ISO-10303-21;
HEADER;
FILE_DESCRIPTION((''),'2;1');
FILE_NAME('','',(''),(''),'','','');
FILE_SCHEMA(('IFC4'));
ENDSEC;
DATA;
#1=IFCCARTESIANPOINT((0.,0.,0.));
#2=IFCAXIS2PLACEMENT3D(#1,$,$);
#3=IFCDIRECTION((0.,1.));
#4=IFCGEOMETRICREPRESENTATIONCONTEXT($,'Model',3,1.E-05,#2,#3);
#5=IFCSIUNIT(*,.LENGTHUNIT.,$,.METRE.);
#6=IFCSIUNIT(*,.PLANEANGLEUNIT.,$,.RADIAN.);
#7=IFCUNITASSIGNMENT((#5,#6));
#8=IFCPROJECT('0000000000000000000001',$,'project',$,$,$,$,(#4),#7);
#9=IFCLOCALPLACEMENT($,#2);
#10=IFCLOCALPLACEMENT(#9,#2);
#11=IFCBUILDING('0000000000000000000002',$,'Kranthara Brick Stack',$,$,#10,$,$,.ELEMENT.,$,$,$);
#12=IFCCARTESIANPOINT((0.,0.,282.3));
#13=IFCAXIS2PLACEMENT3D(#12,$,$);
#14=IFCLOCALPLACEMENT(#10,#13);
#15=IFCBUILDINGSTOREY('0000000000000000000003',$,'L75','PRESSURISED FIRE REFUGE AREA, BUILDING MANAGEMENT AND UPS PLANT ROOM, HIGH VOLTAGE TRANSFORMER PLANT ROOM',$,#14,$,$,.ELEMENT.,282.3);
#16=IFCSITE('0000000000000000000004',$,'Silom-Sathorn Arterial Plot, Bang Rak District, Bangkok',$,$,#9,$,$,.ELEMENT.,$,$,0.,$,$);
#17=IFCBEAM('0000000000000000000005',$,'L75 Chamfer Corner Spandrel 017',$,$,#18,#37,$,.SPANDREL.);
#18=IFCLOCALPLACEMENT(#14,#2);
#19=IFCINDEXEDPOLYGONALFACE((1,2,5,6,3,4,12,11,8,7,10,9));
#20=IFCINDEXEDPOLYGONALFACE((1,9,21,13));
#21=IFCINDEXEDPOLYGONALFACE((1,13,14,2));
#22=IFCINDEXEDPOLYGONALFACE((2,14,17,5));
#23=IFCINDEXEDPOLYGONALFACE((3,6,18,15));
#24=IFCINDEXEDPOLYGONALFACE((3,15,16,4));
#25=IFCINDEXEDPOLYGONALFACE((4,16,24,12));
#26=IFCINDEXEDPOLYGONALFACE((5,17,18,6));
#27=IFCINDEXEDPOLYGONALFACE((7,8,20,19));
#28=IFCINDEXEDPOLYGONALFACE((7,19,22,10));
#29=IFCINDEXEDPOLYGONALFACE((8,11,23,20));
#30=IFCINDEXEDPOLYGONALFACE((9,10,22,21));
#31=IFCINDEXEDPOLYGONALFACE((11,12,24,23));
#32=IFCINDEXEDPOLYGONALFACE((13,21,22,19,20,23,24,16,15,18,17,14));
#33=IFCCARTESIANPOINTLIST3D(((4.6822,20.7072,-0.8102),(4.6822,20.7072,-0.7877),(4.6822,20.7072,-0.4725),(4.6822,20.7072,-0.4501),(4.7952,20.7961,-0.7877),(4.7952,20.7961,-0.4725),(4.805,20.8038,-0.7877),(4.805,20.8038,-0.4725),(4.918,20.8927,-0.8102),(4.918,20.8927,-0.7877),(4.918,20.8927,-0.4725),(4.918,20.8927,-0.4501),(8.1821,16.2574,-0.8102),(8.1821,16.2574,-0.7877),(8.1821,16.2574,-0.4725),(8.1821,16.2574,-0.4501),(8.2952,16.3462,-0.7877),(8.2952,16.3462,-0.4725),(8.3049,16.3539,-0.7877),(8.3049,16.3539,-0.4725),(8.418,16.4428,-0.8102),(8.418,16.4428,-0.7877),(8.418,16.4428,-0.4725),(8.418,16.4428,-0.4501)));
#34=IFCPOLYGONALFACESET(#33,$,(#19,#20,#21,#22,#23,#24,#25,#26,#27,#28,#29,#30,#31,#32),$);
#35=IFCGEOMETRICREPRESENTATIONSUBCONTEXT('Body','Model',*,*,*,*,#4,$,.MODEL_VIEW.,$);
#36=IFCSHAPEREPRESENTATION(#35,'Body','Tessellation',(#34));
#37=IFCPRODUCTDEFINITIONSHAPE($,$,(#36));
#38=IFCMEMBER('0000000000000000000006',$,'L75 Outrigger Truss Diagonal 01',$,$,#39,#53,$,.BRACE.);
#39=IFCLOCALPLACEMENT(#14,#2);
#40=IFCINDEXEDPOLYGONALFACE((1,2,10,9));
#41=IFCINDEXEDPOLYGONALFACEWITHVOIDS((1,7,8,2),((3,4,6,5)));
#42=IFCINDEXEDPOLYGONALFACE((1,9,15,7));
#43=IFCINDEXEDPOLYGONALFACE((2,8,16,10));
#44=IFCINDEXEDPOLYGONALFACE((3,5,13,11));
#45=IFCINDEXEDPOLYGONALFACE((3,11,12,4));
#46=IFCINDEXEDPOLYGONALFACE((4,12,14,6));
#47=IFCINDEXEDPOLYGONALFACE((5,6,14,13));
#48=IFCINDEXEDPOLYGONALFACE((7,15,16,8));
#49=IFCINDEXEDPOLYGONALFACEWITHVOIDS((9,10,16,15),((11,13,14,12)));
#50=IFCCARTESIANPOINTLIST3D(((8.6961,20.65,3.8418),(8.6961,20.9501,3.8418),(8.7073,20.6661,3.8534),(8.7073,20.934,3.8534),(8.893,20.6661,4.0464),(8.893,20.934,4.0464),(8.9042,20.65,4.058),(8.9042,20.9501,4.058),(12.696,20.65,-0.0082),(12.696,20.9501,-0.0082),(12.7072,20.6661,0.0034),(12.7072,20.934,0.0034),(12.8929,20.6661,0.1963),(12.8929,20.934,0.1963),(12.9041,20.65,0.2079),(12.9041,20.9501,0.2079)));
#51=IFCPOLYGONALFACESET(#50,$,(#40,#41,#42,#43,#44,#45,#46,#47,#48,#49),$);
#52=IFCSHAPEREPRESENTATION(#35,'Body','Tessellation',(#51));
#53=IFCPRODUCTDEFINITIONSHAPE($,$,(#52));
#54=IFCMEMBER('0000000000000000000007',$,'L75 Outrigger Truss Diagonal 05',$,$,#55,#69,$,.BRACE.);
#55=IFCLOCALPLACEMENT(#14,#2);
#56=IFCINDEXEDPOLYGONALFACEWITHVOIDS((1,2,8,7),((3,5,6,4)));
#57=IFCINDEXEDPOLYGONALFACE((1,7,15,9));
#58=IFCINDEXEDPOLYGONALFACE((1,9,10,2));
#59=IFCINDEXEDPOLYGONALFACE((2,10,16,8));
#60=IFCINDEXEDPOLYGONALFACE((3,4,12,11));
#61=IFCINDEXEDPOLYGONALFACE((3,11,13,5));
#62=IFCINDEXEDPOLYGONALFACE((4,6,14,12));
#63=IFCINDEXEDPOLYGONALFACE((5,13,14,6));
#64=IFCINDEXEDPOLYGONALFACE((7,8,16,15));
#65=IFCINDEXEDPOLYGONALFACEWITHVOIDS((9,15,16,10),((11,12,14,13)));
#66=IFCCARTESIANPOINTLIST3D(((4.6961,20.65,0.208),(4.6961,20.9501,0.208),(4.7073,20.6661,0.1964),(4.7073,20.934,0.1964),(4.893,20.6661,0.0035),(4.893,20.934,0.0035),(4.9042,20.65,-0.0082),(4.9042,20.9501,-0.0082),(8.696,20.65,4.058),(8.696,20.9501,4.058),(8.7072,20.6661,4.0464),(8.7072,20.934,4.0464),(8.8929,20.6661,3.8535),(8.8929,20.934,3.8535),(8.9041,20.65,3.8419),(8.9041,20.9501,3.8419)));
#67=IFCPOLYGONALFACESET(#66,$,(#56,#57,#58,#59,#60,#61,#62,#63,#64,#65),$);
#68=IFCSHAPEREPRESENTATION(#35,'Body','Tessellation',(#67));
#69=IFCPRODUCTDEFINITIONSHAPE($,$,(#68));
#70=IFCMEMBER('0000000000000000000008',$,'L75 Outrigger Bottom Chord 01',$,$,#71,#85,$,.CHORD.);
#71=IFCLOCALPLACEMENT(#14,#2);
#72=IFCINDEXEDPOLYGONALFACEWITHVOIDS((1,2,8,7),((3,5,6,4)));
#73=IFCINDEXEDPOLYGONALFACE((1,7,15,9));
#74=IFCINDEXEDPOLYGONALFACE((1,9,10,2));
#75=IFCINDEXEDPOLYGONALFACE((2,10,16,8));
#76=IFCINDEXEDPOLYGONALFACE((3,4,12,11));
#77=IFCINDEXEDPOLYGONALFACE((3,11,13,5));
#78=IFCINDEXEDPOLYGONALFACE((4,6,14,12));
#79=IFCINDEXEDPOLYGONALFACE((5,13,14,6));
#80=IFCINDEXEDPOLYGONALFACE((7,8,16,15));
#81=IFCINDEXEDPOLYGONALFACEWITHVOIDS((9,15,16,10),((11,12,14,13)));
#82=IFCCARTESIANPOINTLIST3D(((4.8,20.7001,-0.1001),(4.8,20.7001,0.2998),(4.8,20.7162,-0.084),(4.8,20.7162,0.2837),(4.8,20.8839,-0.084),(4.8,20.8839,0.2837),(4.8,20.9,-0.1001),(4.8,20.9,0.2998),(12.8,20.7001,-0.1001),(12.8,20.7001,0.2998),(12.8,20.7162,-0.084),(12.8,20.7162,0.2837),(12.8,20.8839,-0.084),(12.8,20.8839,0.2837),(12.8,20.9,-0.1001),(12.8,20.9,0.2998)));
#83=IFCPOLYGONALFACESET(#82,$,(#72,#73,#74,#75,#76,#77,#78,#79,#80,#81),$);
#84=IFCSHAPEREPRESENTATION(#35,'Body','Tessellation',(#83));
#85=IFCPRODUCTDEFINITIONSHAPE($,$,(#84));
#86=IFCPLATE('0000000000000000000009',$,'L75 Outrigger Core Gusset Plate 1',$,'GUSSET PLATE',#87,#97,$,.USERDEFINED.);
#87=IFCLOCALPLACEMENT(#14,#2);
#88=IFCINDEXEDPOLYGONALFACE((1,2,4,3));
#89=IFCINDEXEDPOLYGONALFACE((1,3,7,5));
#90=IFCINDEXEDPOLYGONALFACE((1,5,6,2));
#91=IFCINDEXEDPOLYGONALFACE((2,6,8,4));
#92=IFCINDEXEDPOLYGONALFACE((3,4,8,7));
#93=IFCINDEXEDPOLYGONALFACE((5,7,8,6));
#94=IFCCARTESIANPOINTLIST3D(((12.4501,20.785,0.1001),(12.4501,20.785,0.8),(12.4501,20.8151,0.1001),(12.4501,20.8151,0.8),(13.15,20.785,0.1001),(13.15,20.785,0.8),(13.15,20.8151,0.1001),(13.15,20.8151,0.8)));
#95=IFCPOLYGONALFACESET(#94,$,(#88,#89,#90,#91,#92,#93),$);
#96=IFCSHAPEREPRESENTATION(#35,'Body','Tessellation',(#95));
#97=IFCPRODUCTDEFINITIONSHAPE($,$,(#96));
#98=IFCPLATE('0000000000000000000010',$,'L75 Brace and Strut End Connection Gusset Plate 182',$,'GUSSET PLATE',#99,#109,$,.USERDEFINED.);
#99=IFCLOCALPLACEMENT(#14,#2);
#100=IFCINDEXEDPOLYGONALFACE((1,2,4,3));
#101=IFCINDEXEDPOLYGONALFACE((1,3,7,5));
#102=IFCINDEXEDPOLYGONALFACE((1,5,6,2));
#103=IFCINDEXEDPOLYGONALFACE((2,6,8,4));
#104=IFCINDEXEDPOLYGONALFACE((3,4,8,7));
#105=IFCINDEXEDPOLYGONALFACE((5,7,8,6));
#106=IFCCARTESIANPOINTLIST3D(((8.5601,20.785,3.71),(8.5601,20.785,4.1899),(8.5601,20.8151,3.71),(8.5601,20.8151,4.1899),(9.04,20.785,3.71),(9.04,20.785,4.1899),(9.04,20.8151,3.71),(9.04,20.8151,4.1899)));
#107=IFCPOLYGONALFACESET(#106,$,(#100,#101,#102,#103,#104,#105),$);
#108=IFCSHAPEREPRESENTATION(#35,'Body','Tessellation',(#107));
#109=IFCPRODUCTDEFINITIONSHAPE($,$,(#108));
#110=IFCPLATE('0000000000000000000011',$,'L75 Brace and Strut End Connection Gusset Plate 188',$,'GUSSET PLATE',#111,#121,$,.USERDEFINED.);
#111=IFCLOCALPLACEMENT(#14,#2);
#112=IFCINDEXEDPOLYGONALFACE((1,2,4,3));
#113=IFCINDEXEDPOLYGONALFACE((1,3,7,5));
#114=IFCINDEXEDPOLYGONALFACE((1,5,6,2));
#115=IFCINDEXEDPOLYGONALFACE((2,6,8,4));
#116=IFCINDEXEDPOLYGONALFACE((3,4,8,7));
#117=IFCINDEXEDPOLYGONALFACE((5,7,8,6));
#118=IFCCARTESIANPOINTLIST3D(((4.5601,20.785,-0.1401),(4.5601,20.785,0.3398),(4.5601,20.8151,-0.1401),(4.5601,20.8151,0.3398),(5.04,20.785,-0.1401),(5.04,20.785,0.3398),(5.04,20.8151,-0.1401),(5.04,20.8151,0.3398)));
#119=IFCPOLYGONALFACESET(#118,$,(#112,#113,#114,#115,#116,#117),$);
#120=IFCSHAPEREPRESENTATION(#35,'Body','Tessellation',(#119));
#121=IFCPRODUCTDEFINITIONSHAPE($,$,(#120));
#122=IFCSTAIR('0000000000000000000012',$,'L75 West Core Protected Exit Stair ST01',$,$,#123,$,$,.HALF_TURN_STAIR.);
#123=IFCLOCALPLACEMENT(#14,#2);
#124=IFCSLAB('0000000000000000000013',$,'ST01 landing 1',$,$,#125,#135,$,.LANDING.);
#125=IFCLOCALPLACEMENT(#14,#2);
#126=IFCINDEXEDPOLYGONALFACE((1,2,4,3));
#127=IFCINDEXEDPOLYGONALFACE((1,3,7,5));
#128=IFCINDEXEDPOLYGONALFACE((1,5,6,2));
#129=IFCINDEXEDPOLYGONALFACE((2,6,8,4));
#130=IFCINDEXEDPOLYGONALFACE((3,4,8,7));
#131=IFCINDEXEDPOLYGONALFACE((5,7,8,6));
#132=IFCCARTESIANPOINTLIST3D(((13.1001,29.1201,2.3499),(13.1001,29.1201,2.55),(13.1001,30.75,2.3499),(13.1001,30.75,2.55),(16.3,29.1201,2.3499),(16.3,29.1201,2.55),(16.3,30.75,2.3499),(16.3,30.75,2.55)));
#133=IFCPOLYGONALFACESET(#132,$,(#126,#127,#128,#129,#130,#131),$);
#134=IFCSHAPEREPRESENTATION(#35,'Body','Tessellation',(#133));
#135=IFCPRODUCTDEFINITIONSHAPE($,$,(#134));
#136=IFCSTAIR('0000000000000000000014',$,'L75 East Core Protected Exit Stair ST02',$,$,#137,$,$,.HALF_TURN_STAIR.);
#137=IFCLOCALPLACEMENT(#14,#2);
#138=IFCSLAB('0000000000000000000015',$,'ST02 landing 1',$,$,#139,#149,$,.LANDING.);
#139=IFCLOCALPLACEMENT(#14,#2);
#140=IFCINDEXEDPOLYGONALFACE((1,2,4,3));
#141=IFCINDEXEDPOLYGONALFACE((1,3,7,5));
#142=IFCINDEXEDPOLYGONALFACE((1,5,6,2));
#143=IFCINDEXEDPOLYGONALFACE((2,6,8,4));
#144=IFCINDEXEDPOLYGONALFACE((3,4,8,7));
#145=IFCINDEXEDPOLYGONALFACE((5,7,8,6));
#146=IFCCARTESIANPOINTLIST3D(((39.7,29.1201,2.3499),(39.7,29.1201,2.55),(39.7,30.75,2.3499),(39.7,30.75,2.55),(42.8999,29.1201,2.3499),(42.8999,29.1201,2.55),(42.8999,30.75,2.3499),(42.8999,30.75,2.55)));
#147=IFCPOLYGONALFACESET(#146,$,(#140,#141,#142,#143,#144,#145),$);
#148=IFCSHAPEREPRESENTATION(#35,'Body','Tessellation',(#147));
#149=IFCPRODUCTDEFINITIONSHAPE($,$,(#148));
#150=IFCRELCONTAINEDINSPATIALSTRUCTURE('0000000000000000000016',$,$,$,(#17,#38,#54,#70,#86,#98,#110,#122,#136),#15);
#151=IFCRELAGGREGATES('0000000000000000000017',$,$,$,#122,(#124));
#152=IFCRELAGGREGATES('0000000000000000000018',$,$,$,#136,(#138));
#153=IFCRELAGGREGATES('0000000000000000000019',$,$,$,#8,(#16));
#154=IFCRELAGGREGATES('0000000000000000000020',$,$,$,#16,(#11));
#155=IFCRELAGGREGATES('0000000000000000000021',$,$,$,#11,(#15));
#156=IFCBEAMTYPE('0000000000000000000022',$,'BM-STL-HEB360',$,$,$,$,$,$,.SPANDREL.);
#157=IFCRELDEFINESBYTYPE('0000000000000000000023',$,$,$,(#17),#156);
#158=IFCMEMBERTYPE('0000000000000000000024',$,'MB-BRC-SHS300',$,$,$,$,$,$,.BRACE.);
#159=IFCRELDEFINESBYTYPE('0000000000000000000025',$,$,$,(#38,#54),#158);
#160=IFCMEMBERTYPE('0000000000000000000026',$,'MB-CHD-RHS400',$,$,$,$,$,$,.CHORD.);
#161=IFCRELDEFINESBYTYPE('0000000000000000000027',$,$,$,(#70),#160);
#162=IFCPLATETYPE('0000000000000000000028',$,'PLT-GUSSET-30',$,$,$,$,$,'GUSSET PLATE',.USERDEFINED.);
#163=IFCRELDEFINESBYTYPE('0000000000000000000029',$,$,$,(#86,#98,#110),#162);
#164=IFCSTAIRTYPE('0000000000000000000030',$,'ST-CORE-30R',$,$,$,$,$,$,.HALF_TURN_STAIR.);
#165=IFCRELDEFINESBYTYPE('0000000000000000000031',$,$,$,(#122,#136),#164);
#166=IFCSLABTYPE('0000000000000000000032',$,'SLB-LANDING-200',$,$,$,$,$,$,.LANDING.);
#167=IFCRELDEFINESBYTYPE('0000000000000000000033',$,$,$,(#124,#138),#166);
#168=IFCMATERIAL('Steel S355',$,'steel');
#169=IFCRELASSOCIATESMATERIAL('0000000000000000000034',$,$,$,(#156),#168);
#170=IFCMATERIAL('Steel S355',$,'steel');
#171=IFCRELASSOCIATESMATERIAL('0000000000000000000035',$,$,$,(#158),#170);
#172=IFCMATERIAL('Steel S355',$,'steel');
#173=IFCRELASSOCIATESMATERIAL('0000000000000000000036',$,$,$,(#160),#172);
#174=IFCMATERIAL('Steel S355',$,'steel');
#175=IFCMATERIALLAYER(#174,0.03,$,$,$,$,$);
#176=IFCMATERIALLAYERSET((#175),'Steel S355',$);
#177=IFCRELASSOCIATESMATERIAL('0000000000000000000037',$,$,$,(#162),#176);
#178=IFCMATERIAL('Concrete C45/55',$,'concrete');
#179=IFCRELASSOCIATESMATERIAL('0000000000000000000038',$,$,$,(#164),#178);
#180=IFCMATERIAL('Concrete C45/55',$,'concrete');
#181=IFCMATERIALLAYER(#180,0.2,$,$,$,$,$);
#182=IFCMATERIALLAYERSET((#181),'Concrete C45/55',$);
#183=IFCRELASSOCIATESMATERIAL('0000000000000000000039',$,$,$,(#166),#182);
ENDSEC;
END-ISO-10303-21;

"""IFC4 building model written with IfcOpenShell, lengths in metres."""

from ifc_helpers import new_model, si_unit, direction, frame, origin, origin_2d, place, context, subcontext, project, spatial, polyline, rectangle, hollow_rectangle, i_section, outline, extrude, material, layer, layer_set, material_profile, profile_set, type_object, element, aggregate, save


model = new_model("IFC4")

# Units and contexts
model_context = context("Model", 3, precision=1e-05, world=origin(), true_north=direction((0.0, 1.0)))
body_context = subcontext(model_context, "Body", "Model", "MODEL_VIEW")
ifc_project = project(units=[si_unit("LENGTHUNIT", "METRE"), si_unit("PLANEANGLEUNIT", "RADIAN")], contexts=[model_context])

# Site, building, storey
site_placement = place(None, origin())
site = spatial("IfcSite", under=ifc_project, at=site_placement, Name="Silom-Sathorn Arterial Plot, Bang Rak District, Bangkok", CompositionType="ELEMENT", RefElevation=0.0)
building_placement = place(site_placement, origin())
building = spatial("IfcBuilding", under=site, at=building_placement, Name="Kranthara Brick Stack", CompositionType="ELEMENT")
storey_placement = place(building_placement, frame((0.0, 0.0, 282.3)))
storey = spatial("IfcBuildingStorey", under=building, at=storey_placement, Name="L75", Description="PRESSURISED FIRE REFUGE AREA, BUILDING MANAGEMENT AND UPS PLANT ROOM, HIGH VOLTAGE TRANSFORMER PLANT ROOM", CompositionType="ELEMENT", Elevation=282.3)

# Beam
ifc_material_1 = material(Name="Steel S355", Category="steel")
ifc_material_profile_1 = material_profile(ifc_material_1, i_section(OverallWidth=0.3, OverallDepth=0.3601, WebThickness=0.0125, FlangeThickness=0.0225, at=origin_2d()), Name="HEB 360")
ifc_profile_set_1 = profile_set([ifc_material_profile_1], Name="Steel S355")
beam_type_1 = type_object("IfcBeamType", Name="BM-STL-HEB360", PredefinedType="SPANDREL", material=ifc_profile_set_1)
beam_1_placement = place(storey_placement, frame((8.3, 16.3501, -0.6301), z_axis=(-0.618216, 0.786008, 0.0), x_axis=(-0.786008, -0.618216, 0.0)))
element("IfcBeam", 1, at=beam_1_placement, inside=storey, type_object=beam_type_1, Name="L75 Chamfer Corner Spandrel 017", PredefinedType="SPANDREL", context=body_context, shape_type="SweptSolid", body=[
    extrude(i_section(OverallWidth=0.3, OverallDepth=0.3601, WebThickness=0.0125, FlangeThickness=0.0225, at=origin_2d()), origin(), (0.0, 0.0, 1.0), 5.6614),
])

# Members
ifc_material_2 = material(Name="Steel S355", Category="steel")
ifc_material_profile_2 = material_profile(ifc_material_2, hollow_rectangle(XDim=0.3, YDim=0.3, WallThickness=0.0161, at=origin_2d()), Name="SHS 300x300x16")
ifc_profile_set_2 = profile_set([ifc_material_profile_2], Name="Steel S355")
member_type_1 = type_object("IfcMemberType", Name="MB-BRC-SHS300", PredefinedType="BRACE", material=ifc_profile_set_2)
for number, where, z_axis, x_axis, name in (
    (2, (12.8, 20.8, 0.0999), (-0.720478, 0.0, 0.693478), (0.0, -1.0, 0.0), "L75 Outrigger Truss Diagonal 01"),
    (3, (8.8, 20.8, 3.95), (-0.720478, 0.0, -0.693478), (0.0, -1.0, 0.0), "L75 Outrigger Truss Diagonal 05"),
):
    element("IfcMember", number, at=place(storey_placement, frame(where, z_axis=z_axis, x_axis=x_axis)), inside=storey, type_object=member_type_1, Name=name, PredefinedType="BRACE", context=body_context, shape_type="SweptSolid", body=[
        extrude(hollow_rectangle(XDim=0.3, YDim=0.3, WallThickness=0.0161, at=origin_2d()), origin(), (0.0, 0.0, 1.0), 5.5518),
    ])
ifc_material_3 = material(Name="Steel S355", Category="steel")
ifc_material_profile_3 = material_profile(ifc_material_3, hollow_rectangle(XDim=0.2, YDim=0.3999, WallThickness=0.0161, at=origin_2d()), Name="RHS 200x400x16")
ifc_profile_set_3 = profile_set([ifc_material_profile_3], Name="Steel S355")
member_type_2 = type_object("IfcMemberType", Name="MB-CHD-RHS400", PredefinedType="CHORD", material=ifc_profile_set_3)
member_placement = place(storey_placement, frame((12.8, 20.8, 0.0999), z_axis=(-1.0, 0.0, 0.0), x_axis=(0.0, -1.0, 0.0)))
element("IfcMember", 4, at=member_placement, inside=storey, type_object=member_type_2, Name="L75 Outrigger Bottom Chord 01", PredefinedType="CHORD", context=body_context, shape_type="SweptSolid", body=[
    extrude(hollow_rectangle(XDim=0.2, YDim=0.3999, WallThickness=0.0161, at=origin_2d()), origin(), (0.0, 0.0, 1.0), 8.0),
])

# Plates
ifc_material_4 = material(Name="Steel S355", Category="steel")
ifc_layer_1 = layer(ifc_material_4, 0.03)
ifc_layer_set_1 = layer_set([ifc_layer_1], Name="Steel S355")
plate_type = type_object("IfcPlateType", Name="PLT-GUSSET-30", ElementType="GUSSET PLATE", PredefinedType="USERDEFINED", material=ifc_layer_set_1)
plate_placement = place(storey_placement, frame((12.8, 20.8, 0.1001), z_axis=(0.0, 0.0, 1.0), x_axis=(1.0, 0.0, 0.0)))
element("IfcPlate", 5, at=plate_placement, inside=storey, type_object=plate_type, Name="L75 Outrigger Core Gusset Plate 1", ObjectType="GUSSET PLATE", PredefinedType="USERDEFINED", context=body_context, shape_type="SweptSolid", body=[
    extrude(rectangle(XDim=0.7, YDim=0.03, at=origin_2d()), origin(), (0.0, 0.0, 1.0), 0.7),
])
for number, where, z_axis, x_axis, name in (
    (6, (8.8, 20.8, 3.71), (0.0, 0.0, 1.0), (1.0, 0.0, 0.0), "L75 Brace and Strut End Connection Gusset Plate 182"),
    (7, (4.8, 20.8, -0.1401), (0.0, 0.0, 1.0), (1.0, 0.0, 0.0), "L75 Brace and Strut End Connection Gusset Plate 188"),
):
    element("IfcPlate", number, at=place(storey_placement, frame(where, z_axis=z_axis, x_axis=x_axis)), inside=storey, type_object=plate_type, Name=name, ObjectType="GUSSET PLATE", PredefinedType="USERDEFINED", context=body_context, shape_type="SweptSolid", body=[
        extrude(rectangle(XDim=0.48, YDim=0.03, at=origin_2d()), origin(), (0.0, 0.0, 1.0), 0.48),
    ])

# Stairs, slabs
ifc_material_5 = material(Name="Concrete C45/55", Category="concrete")
stair_type = type_object("IfcStairType", Name="ST-CORE-30R", PredefinedType="HALF_TURN_STAIR", material=ifc_material_5)
stair_1_placement = place(storey_placement, origin())
stair_1 = element("IfcStair", 8, at=stair_1_placement, inside=storey, type_object=stair_type, Name="L75 West Core Protected Exit Stair ST01", PredefinedType="HALF_TURN_STAIR")
ifc_material_6 = material(Name="Concrete C45/55", Category="concrete")
ifc_layer_2 = layer(ifc_material_6, 0.2)
ifc_layer_set_2 = layer_set([ifc_layer_2], Name="Concrete C45/55")
slab_type_1 = type_object("IfcSlabType", Name="SLB-LANDING-200", PredefinedType="LANDING", material=ifc_layer_set_2)
slab_1_placement = place(storey_placement, frame((0.0, 0.0, 2.3499)))
slab_1 = element("IfcSlab", 9, at=slab_1_placement, type_object=slab_type_1, Name="ST01 landing 1", PredefinedType="LANDING", context=body_context, shape_type="SweptSolid", body=[
    extrude(outline(polyline([(16.3, 29.1201), (16.3, 30.75), (13.1001, 30.75), (13.1001, 29.1201), (16.3, 29.1201)])), origin(), (0.0, 0.0, 1.0), 0.2002),
])
aggregate(stair_1, [slab_1])
stair_2_placement = place(storey_placement, origin())
stair_2 = element("IfcStair", 10, at=stair_2_placement, inside=storey, type_object=stair_type, Name="L75 East Core Protected Exit Stair ST02", PredefinedType="HALF_TURN_STAIR")
slab_2_placement = place(storey_placement, frame((0.0, 0.0, 2.3499)))
slab_2 = element("IfcSlab", 11, at=slab_2_placement, type_object=slab_type_1, Name="ST02 landing 1", PredefinedType="LANDING", context=body_context, shape_type="SweptSolid", body=[
    extrude(outline(polyline([(42.8999, 29.1201), (42.8999, 30.75), (39.7, 30.75), (39.7, 29.1201), (42.8999, 29.1201)])), origin(), (0.0, 0.0, 1.0), 0.2002),
])
aggregate(stair_2, [slab_2])

save(model, "model.ifc")
